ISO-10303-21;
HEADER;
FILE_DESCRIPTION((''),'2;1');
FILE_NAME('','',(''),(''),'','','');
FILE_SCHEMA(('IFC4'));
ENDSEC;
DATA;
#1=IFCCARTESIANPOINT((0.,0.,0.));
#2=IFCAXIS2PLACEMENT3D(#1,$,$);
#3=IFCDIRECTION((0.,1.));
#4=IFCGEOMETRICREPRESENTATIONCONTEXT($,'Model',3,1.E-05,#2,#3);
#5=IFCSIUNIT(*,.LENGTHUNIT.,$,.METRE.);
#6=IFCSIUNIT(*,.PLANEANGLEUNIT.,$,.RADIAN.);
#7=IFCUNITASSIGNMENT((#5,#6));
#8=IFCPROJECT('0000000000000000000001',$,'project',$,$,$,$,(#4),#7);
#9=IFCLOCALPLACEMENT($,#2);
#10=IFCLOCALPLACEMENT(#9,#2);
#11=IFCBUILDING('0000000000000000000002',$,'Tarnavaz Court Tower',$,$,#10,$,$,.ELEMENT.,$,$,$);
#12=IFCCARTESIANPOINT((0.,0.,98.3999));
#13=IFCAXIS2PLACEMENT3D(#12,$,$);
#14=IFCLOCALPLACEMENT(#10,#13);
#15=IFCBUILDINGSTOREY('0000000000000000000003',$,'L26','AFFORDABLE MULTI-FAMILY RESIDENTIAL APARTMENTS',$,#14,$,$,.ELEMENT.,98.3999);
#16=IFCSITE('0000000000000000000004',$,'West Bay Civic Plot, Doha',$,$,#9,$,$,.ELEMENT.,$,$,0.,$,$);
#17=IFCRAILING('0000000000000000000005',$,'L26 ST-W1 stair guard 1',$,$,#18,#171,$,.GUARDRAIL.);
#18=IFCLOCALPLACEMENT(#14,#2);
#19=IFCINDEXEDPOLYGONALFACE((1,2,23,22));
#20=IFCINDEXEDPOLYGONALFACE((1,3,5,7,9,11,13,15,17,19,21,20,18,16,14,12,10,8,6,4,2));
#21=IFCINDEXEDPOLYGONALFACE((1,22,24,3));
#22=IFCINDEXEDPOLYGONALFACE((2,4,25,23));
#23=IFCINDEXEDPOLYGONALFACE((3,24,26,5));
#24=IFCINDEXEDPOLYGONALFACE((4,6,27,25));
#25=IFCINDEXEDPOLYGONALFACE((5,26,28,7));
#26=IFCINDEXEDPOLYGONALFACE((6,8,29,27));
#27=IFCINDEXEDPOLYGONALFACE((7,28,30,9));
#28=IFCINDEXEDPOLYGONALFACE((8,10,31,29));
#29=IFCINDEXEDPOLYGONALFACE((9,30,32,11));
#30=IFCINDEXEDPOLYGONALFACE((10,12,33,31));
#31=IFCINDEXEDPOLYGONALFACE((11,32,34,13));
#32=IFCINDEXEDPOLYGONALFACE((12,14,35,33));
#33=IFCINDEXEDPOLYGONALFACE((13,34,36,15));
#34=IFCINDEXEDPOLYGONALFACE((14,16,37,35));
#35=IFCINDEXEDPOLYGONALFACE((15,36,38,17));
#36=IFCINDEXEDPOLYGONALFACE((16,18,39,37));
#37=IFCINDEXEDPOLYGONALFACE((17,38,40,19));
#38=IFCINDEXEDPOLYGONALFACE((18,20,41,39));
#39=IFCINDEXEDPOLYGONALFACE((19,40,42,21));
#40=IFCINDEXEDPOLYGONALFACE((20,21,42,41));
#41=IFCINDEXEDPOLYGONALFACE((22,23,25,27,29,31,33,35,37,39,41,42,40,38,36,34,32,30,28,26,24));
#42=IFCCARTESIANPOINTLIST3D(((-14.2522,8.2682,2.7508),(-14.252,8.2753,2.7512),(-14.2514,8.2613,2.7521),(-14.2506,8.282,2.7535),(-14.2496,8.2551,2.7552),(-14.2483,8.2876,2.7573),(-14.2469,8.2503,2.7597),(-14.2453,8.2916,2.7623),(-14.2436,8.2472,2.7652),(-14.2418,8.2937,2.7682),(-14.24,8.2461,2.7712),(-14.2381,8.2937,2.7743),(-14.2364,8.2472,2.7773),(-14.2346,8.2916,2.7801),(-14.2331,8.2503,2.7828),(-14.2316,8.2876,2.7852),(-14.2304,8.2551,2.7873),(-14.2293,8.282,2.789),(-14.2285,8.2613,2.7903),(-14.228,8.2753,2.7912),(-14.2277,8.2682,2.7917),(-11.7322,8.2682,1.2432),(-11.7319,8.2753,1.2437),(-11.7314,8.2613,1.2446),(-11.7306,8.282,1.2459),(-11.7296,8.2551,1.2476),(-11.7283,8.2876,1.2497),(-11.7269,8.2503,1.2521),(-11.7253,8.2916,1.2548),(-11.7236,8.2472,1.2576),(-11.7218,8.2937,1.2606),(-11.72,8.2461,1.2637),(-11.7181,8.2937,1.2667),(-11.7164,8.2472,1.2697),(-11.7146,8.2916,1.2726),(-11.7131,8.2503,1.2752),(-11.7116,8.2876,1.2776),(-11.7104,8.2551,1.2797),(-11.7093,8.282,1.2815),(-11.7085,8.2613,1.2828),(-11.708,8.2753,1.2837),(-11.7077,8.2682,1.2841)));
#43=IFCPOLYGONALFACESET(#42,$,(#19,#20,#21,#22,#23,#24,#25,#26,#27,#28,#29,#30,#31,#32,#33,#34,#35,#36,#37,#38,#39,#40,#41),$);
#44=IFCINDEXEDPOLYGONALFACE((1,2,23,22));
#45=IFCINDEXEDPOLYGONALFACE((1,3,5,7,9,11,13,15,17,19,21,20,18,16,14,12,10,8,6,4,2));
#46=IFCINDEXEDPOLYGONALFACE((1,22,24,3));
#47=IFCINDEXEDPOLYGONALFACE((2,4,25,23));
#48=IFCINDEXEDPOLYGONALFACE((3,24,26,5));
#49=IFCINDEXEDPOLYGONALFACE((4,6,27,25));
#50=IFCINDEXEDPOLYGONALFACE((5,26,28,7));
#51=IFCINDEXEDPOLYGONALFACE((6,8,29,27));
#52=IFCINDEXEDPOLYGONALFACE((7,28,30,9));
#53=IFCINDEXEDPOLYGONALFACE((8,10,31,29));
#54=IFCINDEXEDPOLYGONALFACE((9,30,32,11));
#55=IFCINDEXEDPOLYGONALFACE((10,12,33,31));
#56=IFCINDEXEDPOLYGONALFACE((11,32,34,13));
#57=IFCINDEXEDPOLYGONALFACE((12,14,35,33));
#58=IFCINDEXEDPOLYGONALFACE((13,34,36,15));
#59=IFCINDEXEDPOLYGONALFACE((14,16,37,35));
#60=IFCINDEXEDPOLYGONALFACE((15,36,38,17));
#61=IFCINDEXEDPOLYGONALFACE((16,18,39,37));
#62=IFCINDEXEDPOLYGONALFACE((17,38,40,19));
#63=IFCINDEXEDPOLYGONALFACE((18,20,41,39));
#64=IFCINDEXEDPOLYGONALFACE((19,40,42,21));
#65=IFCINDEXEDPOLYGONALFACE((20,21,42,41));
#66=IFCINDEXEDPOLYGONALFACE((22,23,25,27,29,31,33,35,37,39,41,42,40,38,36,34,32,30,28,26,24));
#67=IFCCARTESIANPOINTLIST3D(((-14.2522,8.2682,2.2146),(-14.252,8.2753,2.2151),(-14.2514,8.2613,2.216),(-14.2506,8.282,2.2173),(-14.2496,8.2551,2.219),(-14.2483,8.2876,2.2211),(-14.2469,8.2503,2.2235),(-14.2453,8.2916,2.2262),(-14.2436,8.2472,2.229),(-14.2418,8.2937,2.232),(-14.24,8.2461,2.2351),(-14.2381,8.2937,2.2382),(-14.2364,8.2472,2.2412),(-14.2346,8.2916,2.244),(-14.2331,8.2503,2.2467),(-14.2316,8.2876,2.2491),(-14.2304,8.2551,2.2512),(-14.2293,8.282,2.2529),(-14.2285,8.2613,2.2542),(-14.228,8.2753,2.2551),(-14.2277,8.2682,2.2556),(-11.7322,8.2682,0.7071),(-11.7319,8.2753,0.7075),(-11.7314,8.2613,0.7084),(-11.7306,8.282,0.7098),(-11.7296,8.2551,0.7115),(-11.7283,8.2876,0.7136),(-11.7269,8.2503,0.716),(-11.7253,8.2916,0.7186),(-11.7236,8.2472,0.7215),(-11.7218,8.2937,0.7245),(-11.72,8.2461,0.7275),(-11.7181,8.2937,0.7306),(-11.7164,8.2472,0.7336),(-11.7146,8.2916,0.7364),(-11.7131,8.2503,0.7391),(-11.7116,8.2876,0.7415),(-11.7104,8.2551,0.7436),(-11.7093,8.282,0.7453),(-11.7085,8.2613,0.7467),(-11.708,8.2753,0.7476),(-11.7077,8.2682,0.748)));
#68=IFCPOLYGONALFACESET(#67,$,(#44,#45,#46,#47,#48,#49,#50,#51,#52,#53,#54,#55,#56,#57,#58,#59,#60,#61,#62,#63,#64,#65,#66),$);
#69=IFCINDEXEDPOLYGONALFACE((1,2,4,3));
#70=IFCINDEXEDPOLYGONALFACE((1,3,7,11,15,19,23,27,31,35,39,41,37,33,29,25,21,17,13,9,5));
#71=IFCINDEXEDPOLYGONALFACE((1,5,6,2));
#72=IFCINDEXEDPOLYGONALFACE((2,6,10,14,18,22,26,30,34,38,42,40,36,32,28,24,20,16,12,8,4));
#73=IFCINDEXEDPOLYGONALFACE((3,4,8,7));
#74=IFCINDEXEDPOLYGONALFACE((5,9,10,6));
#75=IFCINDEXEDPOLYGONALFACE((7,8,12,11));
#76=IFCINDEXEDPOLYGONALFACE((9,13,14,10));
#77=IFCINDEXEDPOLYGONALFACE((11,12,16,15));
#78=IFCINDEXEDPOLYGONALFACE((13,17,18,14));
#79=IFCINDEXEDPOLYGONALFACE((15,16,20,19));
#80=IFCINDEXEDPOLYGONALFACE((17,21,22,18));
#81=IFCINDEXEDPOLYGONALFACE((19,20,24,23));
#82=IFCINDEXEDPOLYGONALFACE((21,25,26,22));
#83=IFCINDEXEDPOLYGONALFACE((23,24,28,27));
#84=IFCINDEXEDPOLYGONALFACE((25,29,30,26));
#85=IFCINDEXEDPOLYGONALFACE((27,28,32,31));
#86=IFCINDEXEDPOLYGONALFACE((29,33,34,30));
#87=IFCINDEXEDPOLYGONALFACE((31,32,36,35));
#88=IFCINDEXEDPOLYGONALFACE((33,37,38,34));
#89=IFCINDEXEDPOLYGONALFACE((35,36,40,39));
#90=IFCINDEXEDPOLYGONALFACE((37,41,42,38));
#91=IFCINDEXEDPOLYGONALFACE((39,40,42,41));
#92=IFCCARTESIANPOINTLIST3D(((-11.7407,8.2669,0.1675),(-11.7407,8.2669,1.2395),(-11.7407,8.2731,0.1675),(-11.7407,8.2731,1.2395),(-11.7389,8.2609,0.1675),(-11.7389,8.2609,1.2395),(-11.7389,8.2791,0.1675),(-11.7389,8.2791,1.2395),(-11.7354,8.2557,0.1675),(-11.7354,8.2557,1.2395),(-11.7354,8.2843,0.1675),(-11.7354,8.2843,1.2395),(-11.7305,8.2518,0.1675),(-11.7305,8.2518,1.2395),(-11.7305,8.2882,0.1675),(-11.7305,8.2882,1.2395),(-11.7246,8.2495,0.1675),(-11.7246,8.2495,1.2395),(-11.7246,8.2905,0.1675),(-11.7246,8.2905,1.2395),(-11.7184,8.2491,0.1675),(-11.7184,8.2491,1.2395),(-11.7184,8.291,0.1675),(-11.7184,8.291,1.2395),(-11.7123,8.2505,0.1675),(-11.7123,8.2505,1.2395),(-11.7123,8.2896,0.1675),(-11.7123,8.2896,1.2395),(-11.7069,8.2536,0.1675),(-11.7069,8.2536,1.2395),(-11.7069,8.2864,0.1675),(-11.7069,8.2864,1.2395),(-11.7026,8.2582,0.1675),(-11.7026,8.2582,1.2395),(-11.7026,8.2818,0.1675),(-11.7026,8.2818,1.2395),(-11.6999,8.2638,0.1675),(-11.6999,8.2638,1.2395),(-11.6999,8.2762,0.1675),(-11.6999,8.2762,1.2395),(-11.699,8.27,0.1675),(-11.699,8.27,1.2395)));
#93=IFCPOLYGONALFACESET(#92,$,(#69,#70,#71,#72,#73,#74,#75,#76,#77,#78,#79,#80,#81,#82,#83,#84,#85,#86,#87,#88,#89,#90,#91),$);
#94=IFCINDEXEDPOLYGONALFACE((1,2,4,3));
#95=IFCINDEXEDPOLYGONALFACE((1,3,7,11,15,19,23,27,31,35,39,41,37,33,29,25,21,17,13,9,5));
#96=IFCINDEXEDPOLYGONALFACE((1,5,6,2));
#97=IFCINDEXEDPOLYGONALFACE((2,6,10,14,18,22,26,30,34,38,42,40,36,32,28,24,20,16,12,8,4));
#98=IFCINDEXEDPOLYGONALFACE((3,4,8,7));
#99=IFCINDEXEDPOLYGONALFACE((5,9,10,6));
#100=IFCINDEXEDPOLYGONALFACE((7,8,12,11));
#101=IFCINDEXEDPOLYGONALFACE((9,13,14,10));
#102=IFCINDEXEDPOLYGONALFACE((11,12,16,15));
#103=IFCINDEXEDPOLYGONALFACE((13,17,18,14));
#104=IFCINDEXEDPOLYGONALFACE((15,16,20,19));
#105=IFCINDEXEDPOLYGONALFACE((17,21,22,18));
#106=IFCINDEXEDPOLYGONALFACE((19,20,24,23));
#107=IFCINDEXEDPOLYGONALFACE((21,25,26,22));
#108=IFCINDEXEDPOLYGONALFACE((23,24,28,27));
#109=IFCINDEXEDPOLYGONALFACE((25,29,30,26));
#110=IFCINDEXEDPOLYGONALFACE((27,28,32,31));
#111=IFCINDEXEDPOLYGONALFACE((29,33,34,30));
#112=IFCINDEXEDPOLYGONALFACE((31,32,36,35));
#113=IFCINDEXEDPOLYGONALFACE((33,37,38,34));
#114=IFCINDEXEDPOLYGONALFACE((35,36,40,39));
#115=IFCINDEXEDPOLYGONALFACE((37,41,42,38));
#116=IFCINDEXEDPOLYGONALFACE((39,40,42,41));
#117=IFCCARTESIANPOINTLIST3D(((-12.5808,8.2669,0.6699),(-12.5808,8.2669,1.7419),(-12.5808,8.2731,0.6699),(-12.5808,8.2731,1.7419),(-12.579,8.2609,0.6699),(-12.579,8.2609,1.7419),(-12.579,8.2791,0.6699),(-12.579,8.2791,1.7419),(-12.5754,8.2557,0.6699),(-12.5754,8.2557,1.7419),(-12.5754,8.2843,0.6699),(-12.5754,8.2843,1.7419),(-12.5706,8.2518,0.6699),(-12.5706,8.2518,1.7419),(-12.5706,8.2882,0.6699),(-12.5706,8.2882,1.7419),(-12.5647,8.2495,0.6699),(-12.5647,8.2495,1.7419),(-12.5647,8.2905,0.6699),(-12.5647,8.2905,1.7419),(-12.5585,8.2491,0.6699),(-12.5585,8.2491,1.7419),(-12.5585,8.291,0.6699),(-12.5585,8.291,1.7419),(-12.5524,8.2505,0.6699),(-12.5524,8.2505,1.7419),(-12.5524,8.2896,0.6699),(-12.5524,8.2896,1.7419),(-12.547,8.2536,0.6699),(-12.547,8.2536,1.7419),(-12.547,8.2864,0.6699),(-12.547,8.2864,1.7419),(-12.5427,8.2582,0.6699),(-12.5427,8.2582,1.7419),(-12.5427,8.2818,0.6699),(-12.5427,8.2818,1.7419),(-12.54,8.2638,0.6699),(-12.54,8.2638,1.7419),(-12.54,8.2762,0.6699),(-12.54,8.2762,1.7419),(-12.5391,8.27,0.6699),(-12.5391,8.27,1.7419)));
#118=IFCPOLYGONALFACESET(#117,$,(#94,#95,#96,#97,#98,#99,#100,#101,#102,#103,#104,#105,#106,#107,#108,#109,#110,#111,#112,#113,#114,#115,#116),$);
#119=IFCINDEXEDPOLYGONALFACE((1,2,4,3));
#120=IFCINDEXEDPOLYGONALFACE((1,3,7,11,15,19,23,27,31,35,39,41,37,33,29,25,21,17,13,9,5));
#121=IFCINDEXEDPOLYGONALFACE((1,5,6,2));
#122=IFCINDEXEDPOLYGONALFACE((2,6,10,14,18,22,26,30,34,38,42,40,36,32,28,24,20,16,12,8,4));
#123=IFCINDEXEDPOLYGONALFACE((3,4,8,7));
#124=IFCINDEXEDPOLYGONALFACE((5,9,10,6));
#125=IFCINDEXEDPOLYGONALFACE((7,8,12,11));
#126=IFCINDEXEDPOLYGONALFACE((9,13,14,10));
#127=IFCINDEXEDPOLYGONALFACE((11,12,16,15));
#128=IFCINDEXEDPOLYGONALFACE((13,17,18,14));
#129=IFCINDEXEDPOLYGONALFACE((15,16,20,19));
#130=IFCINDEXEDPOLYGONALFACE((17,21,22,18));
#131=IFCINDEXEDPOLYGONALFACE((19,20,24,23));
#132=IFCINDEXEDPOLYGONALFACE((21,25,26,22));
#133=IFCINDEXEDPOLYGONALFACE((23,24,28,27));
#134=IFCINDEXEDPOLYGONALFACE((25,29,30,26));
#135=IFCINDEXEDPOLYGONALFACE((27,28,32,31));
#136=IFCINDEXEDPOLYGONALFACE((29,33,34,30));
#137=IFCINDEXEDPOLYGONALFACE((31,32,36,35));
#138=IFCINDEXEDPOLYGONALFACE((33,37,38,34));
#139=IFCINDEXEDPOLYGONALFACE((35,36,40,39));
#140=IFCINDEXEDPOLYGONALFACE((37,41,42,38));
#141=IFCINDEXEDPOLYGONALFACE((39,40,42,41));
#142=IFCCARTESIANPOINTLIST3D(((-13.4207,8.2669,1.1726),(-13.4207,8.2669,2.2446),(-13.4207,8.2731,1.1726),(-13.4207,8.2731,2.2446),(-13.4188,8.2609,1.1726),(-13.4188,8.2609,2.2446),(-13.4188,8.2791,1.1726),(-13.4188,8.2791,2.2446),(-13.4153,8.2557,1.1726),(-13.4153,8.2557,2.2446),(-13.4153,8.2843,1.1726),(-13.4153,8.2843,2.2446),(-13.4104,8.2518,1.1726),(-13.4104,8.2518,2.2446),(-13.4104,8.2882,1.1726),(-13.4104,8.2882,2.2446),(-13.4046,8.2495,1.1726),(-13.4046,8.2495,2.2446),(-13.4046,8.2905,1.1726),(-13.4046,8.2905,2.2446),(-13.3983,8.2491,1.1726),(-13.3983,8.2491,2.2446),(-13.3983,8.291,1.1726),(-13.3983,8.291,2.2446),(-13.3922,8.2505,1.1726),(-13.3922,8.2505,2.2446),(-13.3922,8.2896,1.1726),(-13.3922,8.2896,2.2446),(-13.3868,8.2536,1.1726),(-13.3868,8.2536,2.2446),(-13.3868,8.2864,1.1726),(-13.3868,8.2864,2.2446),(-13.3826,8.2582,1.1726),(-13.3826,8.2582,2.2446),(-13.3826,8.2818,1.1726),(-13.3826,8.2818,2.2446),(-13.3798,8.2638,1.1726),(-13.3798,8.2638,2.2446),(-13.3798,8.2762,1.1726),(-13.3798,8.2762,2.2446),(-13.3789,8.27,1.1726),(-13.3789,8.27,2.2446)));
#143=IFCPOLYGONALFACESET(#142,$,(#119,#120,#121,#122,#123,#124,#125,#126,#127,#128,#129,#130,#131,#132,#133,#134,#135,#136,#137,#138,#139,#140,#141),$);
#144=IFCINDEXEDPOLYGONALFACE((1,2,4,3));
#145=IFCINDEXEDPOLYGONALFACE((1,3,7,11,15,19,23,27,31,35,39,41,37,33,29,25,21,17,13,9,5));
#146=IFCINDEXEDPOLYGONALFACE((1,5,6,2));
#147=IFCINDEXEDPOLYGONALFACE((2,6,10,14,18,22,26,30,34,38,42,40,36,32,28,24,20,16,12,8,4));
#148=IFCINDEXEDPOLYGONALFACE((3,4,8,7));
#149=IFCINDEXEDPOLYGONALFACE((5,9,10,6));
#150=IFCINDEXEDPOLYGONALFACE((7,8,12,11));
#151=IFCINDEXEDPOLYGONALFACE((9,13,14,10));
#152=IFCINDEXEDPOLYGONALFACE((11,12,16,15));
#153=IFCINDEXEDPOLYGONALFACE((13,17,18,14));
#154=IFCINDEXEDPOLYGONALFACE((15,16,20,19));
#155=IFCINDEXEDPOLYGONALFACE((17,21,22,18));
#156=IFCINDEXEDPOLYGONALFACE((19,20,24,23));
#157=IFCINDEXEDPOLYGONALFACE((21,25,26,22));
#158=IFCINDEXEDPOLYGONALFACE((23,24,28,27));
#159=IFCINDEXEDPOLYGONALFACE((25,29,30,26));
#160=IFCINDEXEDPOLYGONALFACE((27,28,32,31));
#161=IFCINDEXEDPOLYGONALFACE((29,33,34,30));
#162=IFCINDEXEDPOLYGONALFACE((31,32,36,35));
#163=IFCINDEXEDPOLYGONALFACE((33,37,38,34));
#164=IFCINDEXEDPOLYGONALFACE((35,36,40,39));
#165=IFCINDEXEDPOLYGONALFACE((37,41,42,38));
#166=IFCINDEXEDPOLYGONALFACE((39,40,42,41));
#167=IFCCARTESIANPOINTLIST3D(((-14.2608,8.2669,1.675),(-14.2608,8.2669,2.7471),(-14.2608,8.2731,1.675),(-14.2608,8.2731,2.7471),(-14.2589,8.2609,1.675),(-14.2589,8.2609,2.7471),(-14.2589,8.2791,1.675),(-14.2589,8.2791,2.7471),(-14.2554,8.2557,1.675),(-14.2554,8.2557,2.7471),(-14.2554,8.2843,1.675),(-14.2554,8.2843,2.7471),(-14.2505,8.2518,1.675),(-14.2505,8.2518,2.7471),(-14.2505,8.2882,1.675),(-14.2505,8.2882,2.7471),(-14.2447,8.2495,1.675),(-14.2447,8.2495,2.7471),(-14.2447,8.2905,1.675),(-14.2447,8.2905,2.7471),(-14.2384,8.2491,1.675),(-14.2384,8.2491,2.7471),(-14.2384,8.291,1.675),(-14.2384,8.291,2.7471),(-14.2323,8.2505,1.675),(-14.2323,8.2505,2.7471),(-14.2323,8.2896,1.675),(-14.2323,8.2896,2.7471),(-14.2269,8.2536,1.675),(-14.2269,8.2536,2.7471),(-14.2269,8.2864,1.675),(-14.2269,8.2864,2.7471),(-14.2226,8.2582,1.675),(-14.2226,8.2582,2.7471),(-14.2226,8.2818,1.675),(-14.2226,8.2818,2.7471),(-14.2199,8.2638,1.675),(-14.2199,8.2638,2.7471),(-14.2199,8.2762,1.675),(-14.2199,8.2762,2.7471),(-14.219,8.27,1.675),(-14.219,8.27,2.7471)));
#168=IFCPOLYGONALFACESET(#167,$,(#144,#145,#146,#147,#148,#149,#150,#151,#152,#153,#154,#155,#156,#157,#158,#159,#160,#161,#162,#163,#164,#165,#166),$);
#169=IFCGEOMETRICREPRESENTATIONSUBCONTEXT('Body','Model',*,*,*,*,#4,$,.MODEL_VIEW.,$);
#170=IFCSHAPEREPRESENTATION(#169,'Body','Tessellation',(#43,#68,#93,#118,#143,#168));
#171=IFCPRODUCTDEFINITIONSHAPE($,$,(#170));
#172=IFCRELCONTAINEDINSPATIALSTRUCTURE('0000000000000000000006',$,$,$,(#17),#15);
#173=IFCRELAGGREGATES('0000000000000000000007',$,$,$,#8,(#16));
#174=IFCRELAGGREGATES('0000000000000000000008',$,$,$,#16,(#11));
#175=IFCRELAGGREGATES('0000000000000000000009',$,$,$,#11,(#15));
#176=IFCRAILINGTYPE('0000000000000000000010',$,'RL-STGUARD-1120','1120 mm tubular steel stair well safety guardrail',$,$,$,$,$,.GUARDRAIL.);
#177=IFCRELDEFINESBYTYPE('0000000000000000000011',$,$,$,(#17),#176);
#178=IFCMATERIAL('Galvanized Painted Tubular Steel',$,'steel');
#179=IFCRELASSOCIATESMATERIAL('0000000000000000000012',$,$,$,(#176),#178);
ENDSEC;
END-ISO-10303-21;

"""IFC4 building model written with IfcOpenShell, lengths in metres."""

from ifc_helpers import new_model, si_unit, direction, frame, origin, origin_2d, place, context, subcontext, project, spatial, circle, extrude, material, type_object, element, save


model = new_model("IFC4")

# Units and contexts
model_context = context("Model", 3, precision=1e-05, world=origin(), true_north=direction((0.0, 1.0)))
body_context = subcontext(model_context, "Body", "Model", "MODEL_VIEW")
ifc_project = project(units=[si_unit("LENGTHUNIT", "METRE"), si_unit("PLANEANGLEUNIT", "RADIAN")], contexts=[model_context])

# Site, building, storey
site_placement = place(None, origin())
site = spatial("IfcSite", under=ifc_project, at=site_placement, Name="West Bay Civic Plot, Doha", CompositionType="ELEMENT", RefElevation=0.0)
building_placement = place(site_placement, origin())
building = spatial("IfcBuilding", under=site, at=building_placement, Name="Tarnavaz Court Tower", CompositionType="ELEMENT")
storey_placement = place(building_placement, frame((0.0, 0.0, 98.3999)))
storey = spatial("IfcBuildingStorey", under=building, at=storey_placement, Name="L26", Description="AFFORDABLE MULTI-FAMILY RESIDENTIAL APARTMENTS", CompositionType="ELEMENT", Elevation=98.3999)

# Railing
ifc_material_1 = material(Name="Galvanized Painted Tubular Steel", Category="steel")
railing_type_1 = type_object("IfcRailingType", Name="RL-STGUARD-1120", Description="1120 mm tubular steel stair well safety guardrail", PredefinedType="GUARDRAIL", material=ifc_material_1)
railing_1_placement = place(storey_placement, frame((-11.72, 8.27, 0.1675)))
element("IfcRailing", 1, at=railing_1_placement, inside=storey, type_object=railing_type_1, Name="L26 ST-W1 stair guard 1", PredefinedType="GUARDRAIL", context=body_context, shape_type="SweptSolid", body=[
    extrude(circle(Radius=0.0239, at=origin_2d()), frame((0.0, 0.0, 1.0962), z_axis=(-0.85816, 0.0, 0.513383), x_axis=(0.0, -1.0, 0.0)), (0.0, 0.0, 1.0), 2.9365),
    extrude(circle(Radius=0.0239, at=origin_2d()), frame((0.0, 0.0, 0.5601), z_axis=(-0.85816, 0.0, 0.513383), x_axis=(0.0, -1.0, 0.0)), (0.0, 0.0, 1.0), 2.9365),
    extrude(circle(Radius=0.021, at=origin_2d()), origin(), (0.0, 0.0, 1.0), 1.072),
    extrude(circle(Radius=0.021, at=origin_2d()), frame((-0.8401, 0.0, 0.5024)), (0.0, 0.0, 1.0), 1.072),
    extrude(circle(Radius=0.021, at=origin_2d()), frame((-1.6799, 0.0, 1.0051)), (0.0, 0.0, 1.0), 1.072),
    extrude(circle(Radius=0.021, at=origin_2d()), frame((-2.52, 0.0, 1.5076)), (0.0, 0.0, 1.0), 1.072),
])

save(model, "model.ifc")
